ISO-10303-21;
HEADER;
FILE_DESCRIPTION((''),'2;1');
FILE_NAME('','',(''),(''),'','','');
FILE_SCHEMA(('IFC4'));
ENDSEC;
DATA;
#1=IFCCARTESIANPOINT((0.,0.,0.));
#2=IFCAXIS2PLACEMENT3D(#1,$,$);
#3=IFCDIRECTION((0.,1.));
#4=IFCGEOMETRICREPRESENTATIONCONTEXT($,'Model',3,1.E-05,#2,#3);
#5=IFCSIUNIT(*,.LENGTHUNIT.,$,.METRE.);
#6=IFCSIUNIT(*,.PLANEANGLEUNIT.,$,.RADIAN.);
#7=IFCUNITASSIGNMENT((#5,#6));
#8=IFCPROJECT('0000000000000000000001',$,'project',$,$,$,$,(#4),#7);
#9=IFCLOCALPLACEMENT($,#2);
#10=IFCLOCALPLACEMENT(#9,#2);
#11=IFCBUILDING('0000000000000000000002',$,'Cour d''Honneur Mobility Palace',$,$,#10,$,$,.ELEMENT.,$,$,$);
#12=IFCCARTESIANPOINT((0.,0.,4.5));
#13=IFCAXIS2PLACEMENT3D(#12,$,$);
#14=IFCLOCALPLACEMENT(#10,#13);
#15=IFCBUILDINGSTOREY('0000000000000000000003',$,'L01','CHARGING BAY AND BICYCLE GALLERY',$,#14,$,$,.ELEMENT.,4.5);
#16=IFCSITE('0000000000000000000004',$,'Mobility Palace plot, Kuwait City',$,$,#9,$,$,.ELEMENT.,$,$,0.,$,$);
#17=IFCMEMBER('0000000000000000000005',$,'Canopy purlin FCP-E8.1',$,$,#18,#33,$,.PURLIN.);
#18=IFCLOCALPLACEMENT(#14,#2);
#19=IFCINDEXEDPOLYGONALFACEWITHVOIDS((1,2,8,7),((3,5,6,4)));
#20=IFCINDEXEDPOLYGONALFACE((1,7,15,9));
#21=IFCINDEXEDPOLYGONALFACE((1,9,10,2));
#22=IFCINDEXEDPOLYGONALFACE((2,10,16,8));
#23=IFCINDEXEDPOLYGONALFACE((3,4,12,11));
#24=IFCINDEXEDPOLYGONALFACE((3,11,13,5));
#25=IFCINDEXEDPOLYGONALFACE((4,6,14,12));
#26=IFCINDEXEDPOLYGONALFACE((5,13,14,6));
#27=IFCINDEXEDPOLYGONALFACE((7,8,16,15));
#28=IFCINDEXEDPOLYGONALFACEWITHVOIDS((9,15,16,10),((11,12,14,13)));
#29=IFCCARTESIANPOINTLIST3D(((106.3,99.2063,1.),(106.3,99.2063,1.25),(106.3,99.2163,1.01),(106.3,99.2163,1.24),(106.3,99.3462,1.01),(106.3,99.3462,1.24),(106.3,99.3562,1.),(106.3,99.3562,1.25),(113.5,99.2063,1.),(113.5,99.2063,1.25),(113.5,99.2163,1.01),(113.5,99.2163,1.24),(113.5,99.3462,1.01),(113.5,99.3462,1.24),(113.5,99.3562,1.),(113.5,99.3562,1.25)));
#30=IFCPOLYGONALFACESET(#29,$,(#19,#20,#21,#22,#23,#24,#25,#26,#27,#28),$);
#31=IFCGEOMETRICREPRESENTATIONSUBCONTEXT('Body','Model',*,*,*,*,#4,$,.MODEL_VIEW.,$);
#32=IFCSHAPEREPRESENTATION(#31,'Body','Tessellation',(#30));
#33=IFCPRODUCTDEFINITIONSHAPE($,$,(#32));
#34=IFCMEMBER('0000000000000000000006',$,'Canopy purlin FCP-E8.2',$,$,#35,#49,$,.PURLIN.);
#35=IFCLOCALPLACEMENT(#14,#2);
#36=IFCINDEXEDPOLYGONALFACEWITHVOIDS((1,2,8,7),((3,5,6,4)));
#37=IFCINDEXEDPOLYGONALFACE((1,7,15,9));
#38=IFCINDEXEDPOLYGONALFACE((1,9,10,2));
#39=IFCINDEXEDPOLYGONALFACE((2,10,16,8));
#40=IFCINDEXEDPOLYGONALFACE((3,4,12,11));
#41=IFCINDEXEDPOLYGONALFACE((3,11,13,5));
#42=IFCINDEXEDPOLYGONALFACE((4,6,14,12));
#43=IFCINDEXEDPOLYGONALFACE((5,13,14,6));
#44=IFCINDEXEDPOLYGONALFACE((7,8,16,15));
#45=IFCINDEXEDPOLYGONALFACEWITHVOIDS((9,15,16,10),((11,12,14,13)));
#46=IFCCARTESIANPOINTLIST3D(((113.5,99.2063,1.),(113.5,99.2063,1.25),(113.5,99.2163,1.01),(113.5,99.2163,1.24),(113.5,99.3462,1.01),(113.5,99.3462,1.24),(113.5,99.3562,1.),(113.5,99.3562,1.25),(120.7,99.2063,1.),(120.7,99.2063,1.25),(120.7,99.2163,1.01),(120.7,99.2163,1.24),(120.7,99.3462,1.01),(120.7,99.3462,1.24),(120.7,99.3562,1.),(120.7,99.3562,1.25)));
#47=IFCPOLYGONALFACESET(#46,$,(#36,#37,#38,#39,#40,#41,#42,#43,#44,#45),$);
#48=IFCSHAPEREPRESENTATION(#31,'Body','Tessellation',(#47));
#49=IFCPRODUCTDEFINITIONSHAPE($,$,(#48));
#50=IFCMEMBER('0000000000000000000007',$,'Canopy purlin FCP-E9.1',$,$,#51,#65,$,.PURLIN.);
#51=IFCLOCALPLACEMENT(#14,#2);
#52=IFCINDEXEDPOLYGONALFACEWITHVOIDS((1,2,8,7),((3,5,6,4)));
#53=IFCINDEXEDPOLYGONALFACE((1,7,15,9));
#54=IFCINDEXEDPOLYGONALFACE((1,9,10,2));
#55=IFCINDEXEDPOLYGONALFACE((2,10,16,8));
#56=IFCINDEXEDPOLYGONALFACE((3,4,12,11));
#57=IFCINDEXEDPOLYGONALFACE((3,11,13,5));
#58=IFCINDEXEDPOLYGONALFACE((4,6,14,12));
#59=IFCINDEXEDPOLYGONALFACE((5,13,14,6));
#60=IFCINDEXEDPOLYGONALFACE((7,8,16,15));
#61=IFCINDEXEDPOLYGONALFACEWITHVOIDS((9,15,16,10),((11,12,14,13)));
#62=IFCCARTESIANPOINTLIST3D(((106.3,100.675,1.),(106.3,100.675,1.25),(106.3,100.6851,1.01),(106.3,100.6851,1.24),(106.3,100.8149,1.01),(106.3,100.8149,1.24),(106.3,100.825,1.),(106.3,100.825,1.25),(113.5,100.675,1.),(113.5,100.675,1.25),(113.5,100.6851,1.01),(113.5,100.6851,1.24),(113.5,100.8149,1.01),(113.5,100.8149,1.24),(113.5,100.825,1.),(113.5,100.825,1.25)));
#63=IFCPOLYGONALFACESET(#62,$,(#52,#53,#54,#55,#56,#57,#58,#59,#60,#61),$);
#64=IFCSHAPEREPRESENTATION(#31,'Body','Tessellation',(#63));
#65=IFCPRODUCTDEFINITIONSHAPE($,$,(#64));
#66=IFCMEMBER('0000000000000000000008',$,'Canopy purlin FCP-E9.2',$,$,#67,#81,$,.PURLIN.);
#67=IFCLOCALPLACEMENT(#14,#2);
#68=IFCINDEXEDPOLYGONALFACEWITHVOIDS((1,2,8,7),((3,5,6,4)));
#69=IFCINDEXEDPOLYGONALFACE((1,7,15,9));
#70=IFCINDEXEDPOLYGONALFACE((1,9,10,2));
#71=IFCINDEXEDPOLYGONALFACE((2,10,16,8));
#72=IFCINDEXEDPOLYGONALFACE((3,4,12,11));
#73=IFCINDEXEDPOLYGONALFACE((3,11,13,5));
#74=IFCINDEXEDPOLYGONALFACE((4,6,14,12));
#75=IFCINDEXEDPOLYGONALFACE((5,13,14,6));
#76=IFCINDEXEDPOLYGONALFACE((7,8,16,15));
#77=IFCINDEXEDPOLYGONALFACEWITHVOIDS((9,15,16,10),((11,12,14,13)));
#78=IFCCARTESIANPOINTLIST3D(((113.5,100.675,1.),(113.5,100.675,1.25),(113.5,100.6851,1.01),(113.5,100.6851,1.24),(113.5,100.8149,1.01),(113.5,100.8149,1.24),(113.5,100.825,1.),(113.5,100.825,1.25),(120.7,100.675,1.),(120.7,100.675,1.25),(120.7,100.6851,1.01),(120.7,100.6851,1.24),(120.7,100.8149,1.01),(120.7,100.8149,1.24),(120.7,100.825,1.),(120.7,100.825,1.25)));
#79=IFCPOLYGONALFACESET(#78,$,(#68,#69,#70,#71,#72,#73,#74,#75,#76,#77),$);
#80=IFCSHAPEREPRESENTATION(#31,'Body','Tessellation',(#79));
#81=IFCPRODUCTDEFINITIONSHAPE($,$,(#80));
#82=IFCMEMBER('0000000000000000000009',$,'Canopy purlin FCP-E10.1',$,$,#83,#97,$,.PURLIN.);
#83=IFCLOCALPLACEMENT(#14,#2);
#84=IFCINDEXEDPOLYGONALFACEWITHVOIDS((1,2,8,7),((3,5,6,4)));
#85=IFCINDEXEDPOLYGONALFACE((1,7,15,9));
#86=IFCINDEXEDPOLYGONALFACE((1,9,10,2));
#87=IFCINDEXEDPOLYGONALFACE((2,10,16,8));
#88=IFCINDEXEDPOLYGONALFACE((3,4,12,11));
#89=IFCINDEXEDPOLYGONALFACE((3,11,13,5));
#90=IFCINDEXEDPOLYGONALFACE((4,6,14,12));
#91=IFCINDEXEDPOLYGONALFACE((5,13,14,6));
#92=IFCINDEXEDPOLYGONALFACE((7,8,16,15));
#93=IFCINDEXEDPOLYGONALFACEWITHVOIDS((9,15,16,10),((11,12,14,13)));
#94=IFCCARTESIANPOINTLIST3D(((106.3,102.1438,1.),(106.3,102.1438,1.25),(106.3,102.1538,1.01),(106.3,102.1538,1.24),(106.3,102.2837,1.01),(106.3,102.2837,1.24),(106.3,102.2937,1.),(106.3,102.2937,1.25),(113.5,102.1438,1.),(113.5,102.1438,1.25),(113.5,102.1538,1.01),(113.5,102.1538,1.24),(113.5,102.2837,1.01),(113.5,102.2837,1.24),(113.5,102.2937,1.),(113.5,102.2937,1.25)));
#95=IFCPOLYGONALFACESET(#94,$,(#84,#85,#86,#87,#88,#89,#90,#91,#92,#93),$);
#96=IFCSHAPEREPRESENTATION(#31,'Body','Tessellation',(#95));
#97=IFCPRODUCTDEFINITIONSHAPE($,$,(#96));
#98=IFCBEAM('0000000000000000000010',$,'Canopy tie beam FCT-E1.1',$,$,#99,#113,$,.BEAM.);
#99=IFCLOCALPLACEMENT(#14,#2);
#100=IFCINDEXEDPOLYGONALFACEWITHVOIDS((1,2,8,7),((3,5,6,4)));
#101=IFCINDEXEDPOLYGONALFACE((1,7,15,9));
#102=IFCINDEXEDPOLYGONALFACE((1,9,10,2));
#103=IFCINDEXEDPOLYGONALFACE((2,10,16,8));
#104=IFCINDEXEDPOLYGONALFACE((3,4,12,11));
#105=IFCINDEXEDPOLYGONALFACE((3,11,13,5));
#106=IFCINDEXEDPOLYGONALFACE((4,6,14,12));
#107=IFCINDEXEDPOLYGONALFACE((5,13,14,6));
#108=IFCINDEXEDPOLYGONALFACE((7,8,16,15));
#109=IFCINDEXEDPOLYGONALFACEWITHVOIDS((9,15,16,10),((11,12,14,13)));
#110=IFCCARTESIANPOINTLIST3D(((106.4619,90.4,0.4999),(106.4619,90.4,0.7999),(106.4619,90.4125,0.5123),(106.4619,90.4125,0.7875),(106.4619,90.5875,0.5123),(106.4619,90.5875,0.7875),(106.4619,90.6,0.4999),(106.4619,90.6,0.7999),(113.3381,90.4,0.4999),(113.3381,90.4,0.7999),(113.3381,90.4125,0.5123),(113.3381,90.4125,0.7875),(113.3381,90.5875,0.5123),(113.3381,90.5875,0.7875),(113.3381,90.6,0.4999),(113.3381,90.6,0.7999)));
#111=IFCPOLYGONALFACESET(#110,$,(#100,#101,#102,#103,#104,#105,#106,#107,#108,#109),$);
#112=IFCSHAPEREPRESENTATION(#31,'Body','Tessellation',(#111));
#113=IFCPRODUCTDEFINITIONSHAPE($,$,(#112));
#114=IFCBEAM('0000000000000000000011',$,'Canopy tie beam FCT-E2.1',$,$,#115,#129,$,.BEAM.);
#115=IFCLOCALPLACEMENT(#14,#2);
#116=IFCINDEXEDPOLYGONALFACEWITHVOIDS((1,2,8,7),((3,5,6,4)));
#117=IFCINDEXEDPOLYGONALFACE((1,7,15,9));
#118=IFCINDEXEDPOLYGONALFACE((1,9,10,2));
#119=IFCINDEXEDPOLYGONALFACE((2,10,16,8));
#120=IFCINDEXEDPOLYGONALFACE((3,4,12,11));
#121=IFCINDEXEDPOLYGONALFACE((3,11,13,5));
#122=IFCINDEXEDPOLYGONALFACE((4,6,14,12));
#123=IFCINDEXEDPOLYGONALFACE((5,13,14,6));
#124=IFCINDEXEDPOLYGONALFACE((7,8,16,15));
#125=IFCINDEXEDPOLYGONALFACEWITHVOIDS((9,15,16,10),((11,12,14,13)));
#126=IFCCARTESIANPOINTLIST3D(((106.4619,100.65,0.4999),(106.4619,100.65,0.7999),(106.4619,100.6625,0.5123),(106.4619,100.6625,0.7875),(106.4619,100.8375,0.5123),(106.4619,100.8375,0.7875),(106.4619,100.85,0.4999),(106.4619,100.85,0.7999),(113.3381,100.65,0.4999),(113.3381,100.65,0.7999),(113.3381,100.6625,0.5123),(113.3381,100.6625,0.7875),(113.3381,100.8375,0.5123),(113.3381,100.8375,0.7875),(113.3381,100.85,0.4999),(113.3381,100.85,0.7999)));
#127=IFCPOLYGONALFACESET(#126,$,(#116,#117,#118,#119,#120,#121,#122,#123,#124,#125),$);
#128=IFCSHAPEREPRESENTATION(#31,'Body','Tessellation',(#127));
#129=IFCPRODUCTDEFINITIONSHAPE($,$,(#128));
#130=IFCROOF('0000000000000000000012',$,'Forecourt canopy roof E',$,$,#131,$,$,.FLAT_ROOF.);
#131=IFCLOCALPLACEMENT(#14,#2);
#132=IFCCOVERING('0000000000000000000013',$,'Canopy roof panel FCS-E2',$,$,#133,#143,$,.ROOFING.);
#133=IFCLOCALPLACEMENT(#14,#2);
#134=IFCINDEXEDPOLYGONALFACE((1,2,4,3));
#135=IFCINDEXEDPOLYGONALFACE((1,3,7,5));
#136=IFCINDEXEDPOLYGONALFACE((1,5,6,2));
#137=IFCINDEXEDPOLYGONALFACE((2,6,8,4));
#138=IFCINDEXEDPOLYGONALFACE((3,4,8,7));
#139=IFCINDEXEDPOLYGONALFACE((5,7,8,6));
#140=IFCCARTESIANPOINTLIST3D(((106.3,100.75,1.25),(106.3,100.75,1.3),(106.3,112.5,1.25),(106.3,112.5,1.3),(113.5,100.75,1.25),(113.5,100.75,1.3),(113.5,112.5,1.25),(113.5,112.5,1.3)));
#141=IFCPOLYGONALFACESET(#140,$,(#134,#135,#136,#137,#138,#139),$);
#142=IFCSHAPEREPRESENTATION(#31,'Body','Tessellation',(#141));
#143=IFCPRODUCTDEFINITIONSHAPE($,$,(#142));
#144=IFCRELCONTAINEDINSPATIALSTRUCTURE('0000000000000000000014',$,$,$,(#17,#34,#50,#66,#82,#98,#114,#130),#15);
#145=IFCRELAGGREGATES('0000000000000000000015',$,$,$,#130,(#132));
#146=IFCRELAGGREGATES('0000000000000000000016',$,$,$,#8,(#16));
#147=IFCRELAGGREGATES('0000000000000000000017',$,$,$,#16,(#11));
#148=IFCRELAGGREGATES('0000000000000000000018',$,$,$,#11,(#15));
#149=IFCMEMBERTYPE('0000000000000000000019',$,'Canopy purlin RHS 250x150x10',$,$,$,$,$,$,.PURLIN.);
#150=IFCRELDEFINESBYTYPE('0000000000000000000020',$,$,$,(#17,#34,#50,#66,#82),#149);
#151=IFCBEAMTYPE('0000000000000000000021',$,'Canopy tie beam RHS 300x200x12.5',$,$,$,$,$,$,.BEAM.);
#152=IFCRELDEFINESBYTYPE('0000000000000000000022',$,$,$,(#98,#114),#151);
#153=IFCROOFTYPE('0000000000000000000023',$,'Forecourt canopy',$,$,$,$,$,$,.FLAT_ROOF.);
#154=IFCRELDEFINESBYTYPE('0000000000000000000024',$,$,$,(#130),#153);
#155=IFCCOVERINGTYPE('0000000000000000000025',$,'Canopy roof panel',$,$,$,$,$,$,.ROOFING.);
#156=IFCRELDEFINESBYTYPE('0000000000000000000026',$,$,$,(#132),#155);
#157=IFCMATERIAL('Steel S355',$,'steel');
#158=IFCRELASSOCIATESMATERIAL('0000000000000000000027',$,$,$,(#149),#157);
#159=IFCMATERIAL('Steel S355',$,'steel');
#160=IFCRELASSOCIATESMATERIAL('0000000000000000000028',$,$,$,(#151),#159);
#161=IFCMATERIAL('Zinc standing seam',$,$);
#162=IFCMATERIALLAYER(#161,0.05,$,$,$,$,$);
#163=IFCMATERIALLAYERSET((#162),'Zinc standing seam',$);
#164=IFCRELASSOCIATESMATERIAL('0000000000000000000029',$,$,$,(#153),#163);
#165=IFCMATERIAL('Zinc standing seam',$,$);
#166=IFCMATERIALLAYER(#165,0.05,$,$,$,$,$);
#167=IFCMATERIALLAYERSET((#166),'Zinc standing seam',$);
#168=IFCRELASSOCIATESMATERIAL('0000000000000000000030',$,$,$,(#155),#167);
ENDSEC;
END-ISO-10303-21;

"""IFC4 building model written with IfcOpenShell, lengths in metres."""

from ifc_helpers import new_model, si_unit, direction, frame, origin, origin_2d, place, context, subcontext, project, spatial, polyline, hollow_rectangle, outline, extrude, material, layer, layer_set, material_profile, profile_set, type_object, element, aggregate, save


model = new_model("IFC4")

# Units and contexts
model_context = context("Model", 3, precision=1e-05, world=origin(), true_north=direction((0.0, 1.0)))
body_context = subcontext(model_context, "Body", "Model", "MODEL_VIEW")
ifc_project = project(units=[si_unit("LENGTHUNIT", "METRE"), si_unit("PLANEANGLEUNIT", "RADIAN")], contexts=[model_context])

# Site, building, storey
site_placement = place(None, origin())
site = spatial("IfcSite", under=ifc_project, at=site_placement, Name="Mobility Palace plot, Kuwait City", CompositionType="ELEMENT", RefElevation=0.0)
building_placement = place(site_placement, origin())
building = spatial("IfcBuilding", under=site, at=building_placement, Name="Cour d'Honneur Mobility Palace", CompositionType="ELEMENT")
storey_placement = place(building_placement, frame((0.0, 0.0, 4.5)))
storey = spatial("IfcBuildingStorey", under=building, at=storey_placement, Name="L01", Description="CHARGING BAY AND BICYCLE GALLERY", CompositionType="ELEMENT", Elevation=4.5)

# Members
ifc_material_1 = material(Name="Steel S355", Category="steel")
ifc_material_profile_1 = material_profile(ifc_material_1, hollow_rectangle(XDim=0.1499, YDim=0.25, WallThickness=0.01, at=origin_2d()), Name="RHS 250x150x10")
ifc_profile_set_1 = profile_set([ifc_material_profile_1], Name="Steel S355")
member_type = type_object("IfcMemberType", Name="Canopy purlin RHS 250x150x10", PredefinedType="PURLIN", material=ifc_profile_set_1)
for number, where, z_axis, x_axis, name in (
    (1, (106.3, 99.2812, 1.125), (1.0, 0.0, 0.0), (0.0, 1.0, 0.0), "Canopy purlin FCP-E8.1"),
    (2, (113.5, 99.2812, 1.125), (1.0, 0.0, 0.0), (0.0, 1.0, 0.0), "Canopy purlin FCP-E8.2"),
    (3, (106.3, 100.75, 1.125), (1.0, 0.0, 0.0), (0.0, 1.0, 0.0), "Canopy purlin FCP-E9.1"),
    (4, (113.5, 100.75, 1.125), (1.0, 0.0, 0.0), (0.0, 1.0, 0.0), "Canopy purlin FCP-E9.2"),
    (5, (106.3, 102.2188, 1.125), (1.0, 0.0, 0.0), (0.0, 1.0, 0.0), "Canopy purlin FCP-E10.1"),
):
    element("IfcMember", number, at=place(storey_placement, frame(where, z_axis=z_axis, x_axis=x_axis)), inside=storey, type_object=member_type, Name=name, PredefinedType="PURLIN", context=body_context, shape_type="SweptSolid", body=[
        extrude(hollow_rectangle(XDim=0.1499, YDim=0.25, WallThickness=0.01, at=origin_2d()), origin(), (0.0, 0.0, 1.0), 7.2),
    ])

# Beams
ifc_material_2 = material(Name="Steel S355", Category="steel")
ifc_material_profile_2 = material_profile(ifc_material_2, hollow_rectangle(XDim=0.2, YDim=0.3, WallThickness=0.0125, at=origin_2d()), Name="RHS 300x200x12.5")
ifc_profile_set_2 = profile_set([ifc_material_profile_2], Name="Steel S355")
beam_type_1 = type_object("IfcBeamType", Name="Canopy tie beam RHS 300x200x12.5", PredefinedType="BEAM", material=ifc_profile_set_2)
for number, where, z_axis, x_axis, name in (
    (6, (106.4619, 90.5, 0.6499), (1.0, 0.0, 0.0), (0.0, 1.0, 0.0), "Canopy tie beam FCT-E1.1"),
    (7, (106.4619, 100.75, 0.6499), (1.0, 0.0, 0.0), (0.0, 1.0, 0.0), "Canopy tie beam FCT-E2.1"),
):
    element("IfcBeam", number, at=place(storey_placement, frame(where, z_axis=z_axis, x_axis=x_axis)), inside=storey, type_object=beam_type_1, Name=name, PredefinedType="BEAM", context=body_context, shape_type="SweptSolid", body=[
        extrude(hollow_rectangle(XDim=0.2, YDim=0.3, WallThickness=0.0125, at=origin_2d()), origin(), (0.0, 0.0, 1.0), 6.8762),
    ])

# Roof, covering
ifc_material_3 = material(Name="Zinc standing seam")
ifc_layer_1 = layer(ifc_material_3, 0.05)
ifc_layer_set_1 = layer_set([ifc_layer_1], Name="Zinc standing seam")
roof_type = type_object("IfcRoofType", Name="Forecourt canopy", PredefinedType="FLAT_ROOF", material=ifc_layer_set_1)
roof_placement = place(storey_placement, origin())
roof = element("IfcRoof", 8, at=roof_placement, inside=storey, type_object=roof_type, Name="Forecourt canopy roof E", PredefinedType="FLAT_ROOF")
ifc_material_4 = material(Name="Zinc standing seam")
ifc_layer_2 = layer(ifc_material_4, 0.05)
ifc_layer_set_2 = layer_set([ifc_layer_2], Name="Zinc standing seam")
covering_type = type_object("IfcCoveringType", Name="Canopy roof panel", PredefinedType="ROOFING", material=ifc_layer_set_2)
covering_placement = place(storey_placement, frame((106.3, 100.75, 1.3), z_axis=(0.0, 0.0, 1.0), x_axis=(1.0, 0.0, 0.0)))
covering = element("IfcCovering", 9, at=covering_placement, type_object=covering_type, Name="Canopy roof panel FCS-E2", PredefinedType="ROOFING", context=body_context, shape_type="SweptSolid", body=[
    extrude(outline(polyline([(0.0, 0.0), (7.2, 0.0), (7.2, 11.75), (0.0, 11.75), (0.0, 0.0)])), origin(), (0.0, 0.0, -1.0), 0.05),
])
aggregate(roof, [covering])

save(model, "model.ifc")
